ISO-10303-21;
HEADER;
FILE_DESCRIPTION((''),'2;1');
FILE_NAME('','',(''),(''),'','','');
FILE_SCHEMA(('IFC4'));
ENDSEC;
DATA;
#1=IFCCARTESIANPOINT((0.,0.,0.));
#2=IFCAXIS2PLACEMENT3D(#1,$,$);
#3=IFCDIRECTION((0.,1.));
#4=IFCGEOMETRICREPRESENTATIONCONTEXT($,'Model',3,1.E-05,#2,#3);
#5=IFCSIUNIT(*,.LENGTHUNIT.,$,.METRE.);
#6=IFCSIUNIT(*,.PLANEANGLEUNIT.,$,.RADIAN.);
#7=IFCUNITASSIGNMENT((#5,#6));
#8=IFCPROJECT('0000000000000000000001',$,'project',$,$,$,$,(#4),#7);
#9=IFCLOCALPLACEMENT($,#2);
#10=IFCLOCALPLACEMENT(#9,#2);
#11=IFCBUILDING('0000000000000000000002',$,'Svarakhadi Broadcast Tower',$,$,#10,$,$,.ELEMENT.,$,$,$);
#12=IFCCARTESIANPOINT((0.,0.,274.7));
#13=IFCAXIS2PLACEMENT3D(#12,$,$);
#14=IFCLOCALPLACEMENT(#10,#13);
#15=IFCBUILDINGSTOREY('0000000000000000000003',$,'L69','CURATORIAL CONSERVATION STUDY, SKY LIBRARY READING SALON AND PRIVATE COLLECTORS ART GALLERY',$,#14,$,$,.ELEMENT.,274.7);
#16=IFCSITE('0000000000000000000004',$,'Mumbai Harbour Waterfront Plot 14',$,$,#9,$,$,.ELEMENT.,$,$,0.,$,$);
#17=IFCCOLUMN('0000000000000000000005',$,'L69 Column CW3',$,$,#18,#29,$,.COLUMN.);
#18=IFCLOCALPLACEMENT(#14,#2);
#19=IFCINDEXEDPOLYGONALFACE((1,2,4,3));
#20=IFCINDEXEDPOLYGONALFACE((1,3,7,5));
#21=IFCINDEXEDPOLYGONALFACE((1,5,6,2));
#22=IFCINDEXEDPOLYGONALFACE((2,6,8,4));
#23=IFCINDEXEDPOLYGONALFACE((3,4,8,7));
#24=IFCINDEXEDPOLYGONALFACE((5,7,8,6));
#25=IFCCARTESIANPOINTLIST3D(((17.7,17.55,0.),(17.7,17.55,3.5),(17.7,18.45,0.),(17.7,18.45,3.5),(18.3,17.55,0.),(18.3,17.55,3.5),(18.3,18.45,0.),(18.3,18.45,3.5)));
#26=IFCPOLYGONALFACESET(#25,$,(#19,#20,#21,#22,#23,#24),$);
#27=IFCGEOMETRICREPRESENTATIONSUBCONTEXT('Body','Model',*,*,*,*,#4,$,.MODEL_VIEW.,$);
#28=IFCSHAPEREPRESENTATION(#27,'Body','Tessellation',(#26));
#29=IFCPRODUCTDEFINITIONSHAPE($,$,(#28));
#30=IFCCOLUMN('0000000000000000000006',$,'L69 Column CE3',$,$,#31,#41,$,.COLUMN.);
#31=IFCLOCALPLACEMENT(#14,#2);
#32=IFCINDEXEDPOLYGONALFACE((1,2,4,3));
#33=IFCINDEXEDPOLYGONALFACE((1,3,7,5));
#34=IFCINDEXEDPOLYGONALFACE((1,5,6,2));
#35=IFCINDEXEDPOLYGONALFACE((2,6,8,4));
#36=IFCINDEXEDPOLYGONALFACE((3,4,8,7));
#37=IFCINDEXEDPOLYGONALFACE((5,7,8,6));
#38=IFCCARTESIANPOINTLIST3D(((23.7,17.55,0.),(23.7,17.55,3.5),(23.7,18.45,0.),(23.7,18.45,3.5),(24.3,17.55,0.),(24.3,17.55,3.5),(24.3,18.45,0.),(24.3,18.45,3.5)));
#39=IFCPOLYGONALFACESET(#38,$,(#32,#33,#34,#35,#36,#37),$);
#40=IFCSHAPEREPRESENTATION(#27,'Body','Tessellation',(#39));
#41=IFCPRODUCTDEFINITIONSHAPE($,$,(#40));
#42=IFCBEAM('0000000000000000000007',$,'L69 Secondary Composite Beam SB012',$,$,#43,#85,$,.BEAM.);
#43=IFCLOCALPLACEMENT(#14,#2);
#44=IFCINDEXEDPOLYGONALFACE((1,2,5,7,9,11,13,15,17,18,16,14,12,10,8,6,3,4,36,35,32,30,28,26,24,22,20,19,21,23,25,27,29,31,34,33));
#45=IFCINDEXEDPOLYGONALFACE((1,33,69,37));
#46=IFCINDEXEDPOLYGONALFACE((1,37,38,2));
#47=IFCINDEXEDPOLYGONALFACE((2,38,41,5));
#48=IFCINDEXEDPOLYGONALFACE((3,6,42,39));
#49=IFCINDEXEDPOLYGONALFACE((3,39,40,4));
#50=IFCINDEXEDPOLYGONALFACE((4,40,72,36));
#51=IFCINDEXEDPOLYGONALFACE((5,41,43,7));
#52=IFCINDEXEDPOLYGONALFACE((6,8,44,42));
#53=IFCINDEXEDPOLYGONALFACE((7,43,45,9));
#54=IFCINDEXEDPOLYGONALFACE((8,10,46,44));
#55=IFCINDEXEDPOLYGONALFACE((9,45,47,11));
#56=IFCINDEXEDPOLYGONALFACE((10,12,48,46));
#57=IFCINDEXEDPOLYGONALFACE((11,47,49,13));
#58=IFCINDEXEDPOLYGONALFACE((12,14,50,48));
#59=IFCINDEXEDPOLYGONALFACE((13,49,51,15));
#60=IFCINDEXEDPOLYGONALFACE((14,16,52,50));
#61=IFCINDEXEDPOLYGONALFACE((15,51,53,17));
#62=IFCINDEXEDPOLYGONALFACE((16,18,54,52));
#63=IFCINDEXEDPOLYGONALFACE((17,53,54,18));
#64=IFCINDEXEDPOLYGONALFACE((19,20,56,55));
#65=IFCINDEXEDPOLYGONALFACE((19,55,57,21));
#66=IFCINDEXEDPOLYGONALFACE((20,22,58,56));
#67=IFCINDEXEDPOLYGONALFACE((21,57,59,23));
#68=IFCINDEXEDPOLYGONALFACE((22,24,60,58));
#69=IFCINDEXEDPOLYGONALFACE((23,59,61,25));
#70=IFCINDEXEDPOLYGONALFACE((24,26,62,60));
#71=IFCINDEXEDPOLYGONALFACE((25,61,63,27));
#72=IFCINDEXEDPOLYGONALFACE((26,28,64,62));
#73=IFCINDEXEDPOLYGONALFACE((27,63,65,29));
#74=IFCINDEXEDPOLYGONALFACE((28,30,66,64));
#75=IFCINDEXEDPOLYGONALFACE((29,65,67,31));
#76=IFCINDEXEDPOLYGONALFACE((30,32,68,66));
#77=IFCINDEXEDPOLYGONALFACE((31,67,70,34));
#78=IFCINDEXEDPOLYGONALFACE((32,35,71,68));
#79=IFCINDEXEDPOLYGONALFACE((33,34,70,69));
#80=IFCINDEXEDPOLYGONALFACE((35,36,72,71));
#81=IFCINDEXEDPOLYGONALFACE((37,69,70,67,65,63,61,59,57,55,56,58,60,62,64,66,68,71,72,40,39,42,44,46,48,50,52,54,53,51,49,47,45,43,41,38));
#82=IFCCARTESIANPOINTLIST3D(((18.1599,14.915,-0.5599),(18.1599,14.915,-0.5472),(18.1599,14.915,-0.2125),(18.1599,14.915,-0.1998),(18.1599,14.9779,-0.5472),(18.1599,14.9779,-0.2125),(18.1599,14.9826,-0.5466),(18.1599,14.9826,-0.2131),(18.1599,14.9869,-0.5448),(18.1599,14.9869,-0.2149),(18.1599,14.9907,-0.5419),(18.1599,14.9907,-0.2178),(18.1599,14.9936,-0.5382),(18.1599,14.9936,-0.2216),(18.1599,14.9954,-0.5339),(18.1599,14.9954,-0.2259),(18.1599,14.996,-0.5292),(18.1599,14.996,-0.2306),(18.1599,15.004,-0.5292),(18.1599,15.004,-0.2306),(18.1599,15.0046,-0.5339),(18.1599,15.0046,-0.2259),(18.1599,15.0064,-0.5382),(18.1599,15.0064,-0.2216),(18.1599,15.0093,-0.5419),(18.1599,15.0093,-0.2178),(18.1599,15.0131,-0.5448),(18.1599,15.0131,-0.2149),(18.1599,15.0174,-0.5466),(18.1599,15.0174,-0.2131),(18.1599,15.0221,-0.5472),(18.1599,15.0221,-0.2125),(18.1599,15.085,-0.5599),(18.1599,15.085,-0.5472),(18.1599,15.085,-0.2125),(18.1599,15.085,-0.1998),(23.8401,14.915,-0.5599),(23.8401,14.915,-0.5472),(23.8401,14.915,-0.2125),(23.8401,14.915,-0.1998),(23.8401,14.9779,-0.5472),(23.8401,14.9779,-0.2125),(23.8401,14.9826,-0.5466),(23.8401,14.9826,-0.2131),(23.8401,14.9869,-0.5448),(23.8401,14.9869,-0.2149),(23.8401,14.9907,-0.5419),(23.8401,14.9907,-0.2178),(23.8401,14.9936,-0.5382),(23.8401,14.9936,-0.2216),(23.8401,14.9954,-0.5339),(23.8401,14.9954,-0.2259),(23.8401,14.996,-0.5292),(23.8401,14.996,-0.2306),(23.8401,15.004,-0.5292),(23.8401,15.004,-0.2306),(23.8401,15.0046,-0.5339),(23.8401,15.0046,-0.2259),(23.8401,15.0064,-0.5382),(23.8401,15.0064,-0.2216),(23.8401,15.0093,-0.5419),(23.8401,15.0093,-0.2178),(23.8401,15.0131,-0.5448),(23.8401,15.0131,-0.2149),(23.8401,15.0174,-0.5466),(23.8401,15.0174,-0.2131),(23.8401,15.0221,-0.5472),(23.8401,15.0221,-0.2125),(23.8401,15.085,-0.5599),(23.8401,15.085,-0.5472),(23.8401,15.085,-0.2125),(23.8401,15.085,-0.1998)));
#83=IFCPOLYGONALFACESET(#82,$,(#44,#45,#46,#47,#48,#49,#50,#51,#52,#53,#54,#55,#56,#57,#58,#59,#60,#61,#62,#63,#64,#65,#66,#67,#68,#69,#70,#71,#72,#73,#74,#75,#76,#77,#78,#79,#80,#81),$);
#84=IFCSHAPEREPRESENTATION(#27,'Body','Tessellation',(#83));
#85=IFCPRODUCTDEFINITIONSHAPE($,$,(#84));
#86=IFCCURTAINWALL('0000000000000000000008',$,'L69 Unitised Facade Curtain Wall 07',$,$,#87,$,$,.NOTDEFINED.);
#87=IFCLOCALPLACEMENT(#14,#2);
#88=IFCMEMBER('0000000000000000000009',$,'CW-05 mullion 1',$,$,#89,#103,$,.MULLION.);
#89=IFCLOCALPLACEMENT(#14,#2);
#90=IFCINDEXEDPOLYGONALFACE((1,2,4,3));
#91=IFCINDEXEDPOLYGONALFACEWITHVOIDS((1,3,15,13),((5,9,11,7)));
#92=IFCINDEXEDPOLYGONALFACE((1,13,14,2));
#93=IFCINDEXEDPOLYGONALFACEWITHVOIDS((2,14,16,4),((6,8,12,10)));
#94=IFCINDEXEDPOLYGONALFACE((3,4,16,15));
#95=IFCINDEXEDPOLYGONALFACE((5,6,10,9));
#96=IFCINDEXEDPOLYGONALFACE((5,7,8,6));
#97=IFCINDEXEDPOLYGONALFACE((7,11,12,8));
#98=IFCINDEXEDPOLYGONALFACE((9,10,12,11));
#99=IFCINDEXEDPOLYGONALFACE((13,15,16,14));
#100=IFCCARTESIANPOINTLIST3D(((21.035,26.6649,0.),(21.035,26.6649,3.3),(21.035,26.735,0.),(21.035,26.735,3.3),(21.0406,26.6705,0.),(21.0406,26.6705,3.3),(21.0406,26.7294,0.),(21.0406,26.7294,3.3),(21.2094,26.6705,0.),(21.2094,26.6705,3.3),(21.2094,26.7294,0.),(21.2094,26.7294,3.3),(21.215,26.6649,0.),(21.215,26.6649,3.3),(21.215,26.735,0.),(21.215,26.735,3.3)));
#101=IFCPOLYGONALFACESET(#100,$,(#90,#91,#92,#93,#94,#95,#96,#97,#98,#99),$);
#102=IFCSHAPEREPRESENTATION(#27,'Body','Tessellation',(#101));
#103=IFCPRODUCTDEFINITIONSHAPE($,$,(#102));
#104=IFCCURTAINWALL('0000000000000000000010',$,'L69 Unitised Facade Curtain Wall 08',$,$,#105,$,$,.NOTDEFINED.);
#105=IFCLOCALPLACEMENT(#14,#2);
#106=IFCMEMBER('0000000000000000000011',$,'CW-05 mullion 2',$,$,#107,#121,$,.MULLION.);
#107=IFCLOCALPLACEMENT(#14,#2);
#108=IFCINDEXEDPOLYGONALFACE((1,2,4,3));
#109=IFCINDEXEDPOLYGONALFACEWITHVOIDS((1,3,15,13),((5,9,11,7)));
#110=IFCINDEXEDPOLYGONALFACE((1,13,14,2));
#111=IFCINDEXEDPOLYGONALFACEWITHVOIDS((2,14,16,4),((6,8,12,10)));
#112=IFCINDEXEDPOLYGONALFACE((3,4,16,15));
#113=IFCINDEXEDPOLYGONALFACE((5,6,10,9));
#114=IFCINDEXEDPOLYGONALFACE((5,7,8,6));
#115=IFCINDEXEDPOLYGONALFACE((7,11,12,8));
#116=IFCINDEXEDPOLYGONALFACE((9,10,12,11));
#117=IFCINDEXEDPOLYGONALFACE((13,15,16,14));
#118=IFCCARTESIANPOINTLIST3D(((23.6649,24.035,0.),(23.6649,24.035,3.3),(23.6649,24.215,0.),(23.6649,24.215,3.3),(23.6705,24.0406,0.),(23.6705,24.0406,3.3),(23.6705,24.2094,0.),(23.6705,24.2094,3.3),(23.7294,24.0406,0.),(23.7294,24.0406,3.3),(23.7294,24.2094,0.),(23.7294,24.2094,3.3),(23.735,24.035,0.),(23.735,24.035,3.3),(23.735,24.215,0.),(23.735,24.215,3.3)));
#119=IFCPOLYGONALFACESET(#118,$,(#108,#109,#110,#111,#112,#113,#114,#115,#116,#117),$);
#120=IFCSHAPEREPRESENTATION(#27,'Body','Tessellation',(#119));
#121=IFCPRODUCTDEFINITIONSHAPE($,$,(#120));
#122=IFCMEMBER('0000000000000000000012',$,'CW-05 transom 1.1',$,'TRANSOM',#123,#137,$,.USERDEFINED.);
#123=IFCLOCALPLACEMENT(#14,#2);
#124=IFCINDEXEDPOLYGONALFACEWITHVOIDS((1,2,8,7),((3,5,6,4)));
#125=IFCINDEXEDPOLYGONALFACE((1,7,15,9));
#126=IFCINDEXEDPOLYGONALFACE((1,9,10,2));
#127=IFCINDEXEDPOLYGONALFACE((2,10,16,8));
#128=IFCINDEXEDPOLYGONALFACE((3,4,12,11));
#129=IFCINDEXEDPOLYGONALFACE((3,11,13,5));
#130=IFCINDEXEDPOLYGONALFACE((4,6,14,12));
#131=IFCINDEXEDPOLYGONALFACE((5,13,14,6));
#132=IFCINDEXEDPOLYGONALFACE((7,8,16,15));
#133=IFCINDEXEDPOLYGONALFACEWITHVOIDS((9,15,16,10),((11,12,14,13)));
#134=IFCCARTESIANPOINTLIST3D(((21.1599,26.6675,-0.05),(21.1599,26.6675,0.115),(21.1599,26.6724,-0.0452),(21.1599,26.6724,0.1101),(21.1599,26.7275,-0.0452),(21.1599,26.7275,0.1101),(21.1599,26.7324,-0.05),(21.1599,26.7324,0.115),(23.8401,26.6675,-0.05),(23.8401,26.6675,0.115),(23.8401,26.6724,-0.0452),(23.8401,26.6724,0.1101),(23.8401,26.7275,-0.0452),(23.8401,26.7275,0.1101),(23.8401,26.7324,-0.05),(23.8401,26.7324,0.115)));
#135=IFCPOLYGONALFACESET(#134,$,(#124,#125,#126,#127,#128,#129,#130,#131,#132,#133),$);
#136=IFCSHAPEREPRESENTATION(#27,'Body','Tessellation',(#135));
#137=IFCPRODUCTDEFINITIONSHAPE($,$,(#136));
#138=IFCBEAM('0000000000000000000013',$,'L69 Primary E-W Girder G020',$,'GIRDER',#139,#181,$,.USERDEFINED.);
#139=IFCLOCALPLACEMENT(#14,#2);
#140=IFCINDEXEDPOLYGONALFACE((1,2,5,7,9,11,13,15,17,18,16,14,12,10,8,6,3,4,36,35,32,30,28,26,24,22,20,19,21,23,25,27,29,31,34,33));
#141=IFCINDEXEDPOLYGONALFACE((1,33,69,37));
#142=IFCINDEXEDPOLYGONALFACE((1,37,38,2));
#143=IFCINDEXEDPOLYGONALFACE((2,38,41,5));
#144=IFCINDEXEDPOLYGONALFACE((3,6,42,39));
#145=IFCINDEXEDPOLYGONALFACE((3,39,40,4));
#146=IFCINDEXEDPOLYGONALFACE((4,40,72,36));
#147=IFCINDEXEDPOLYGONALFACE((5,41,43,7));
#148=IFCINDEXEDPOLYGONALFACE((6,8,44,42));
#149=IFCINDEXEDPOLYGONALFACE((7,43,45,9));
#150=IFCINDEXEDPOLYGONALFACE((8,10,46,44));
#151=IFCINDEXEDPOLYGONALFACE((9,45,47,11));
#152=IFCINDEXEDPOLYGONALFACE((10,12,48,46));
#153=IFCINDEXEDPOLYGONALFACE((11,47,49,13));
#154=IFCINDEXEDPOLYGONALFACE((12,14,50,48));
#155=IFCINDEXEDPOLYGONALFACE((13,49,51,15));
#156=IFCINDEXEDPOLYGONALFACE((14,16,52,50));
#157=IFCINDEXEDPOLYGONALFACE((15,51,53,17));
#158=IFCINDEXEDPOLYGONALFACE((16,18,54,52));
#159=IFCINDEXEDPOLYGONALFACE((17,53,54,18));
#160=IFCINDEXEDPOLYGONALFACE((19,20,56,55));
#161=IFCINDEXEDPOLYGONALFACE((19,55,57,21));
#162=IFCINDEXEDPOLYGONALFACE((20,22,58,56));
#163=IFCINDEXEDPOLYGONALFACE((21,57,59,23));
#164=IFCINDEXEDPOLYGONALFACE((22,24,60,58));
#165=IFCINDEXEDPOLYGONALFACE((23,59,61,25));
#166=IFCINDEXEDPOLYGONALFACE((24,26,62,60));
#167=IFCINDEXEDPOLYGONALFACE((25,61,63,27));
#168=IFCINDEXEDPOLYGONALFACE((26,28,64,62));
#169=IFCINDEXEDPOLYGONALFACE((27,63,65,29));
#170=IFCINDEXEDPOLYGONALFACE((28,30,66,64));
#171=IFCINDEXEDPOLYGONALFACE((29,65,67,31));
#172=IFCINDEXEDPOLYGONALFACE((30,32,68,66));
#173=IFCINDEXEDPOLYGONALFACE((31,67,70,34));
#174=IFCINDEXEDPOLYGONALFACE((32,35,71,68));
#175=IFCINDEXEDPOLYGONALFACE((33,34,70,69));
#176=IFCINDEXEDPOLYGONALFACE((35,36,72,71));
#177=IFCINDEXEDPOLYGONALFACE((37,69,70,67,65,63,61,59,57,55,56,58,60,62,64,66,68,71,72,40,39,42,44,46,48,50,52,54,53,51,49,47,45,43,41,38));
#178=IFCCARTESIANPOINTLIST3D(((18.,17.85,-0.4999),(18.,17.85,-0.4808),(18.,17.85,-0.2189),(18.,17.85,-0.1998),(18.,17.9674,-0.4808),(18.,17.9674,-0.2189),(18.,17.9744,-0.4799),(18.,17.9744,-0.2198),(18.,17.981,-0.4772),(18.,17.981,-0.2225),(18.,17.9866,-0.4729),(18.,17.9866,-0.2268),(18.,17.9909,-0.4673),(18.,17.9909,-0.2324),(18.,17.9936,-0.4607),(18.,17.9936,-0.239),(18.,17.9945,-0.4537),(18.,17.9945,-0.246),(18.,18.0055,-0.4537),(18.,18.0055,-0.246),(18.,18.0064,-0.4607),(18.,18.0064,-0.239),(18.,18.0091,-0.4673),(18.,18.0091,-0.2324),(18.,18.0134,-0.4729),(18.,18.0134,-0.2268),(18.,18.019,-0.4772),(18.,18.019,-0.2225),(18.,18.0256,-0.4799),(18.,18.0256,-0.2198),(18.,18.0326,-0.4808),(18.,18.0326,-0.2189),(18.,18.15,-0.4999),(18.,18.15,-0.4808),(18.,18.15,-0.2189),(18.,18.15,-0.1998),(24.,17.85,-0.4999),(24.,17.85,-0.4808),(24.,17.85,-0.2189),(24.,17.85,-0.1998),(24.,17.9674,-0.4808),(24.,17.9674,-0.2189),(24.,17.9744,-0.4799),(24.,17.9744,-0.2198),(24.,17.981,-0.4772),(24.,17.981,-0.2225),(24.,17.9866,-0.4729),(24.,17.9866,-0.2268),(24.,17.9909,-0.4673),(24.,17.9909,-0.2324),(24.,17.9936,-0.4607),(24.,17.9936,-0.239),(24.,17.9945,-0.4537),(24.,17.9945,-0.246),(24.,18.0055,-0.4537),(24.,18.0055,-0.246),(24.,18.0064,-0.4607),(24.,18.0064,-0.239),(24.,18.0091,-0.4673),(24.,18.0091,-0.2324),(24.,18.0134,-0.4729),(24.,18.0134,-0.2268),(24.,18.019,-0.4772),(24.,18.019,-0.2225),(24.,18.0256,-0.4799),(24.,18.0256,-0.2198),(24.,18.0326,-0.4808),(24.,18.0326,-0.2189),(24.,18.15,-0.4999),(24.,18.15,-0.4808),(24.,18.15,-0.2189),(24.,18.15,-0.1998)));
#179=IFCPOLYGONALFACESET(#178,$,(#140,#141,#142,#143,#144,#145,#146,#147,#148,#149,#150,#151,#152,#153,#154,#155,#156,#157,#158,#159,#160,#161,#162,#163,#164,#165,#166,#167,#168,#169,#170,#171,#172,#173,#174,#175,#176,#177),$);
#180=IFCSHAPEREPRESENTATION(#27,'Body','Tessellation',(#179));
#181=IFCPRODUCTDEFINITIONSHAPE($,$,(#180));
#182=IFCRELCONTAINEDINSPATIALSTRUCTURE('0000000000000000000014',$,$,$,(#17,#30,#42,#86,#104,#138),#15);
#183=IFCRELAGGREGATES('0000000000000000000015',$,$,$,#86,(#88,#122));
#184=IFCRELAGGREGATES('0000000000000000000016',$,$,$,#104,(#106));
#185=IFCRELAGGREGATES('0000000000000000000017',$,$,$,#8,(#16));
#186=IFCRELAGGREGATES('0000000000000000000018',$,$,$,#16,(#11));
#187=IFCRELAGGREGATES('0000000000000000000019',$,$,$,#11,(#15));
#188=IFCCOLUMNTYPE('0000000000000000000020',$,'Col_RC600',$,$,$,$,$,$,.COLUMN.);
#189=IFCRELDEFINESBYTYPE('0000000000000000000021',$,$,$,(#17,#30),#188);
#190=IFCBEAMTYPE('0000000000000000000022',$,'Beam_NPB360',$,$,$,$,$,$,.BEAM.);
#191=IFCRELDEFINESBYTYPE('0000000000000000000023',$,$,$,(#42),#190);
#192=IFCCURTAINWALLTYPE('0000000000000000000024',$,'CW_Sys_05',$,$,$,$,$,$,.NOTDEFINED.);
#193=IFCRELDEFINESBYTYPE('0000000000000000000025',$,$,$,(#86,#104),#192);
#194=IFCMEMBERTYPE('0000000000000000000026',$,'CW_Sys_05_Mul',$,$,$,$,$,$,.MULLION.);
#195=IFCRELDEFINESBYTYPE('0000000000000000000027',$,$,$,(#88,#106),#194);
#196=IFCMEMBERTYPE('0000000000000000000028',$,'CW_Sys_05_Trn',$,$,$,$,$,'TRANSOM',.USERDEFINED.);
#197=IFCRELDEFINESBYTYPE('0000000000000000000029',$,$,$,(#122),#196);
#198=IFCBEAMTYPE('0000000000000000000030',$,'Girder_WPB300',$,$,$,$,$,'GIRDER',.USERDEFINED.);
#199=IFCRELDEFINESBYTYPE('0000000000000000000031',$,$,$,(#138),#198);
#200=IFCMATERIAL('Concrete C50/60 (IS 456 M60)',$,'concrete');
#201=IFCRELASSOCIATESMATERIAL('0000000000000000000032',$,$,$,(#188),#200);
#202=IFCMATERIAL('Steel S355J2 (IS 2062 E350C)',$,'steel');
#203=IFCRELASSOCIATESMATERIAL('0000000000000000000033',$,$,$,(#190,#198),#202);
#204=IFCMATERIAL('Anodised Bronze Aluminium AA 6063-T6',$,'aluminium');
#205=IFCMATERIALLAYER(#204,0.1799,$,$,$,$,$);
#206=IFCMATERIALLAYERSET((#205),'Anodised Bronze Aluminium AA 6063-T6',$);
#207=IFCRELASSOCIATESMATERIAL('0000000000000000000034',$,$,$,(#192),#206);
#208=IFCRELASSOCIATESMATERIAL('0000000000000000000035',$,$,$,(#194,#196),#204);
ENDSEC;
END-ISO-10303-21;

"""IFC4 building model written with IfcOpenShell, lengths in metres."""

from ifc_helpers import new_model, si_unit, direction, frame, origin, origin_2d, place, context, subcontext, project, spatial, rectangle, hollow_rectangle, i_section, extrude, material, layer, layer_set, material_profile, profile_set, type_object, element, aggregate, save


model = new_model("IFC4")

# Units and contexts
model_context = context("Model", 3, precision=1e-05, world=origin(), true_north=direction((0.0, 1.0)))
body_context = subcontext(model_context, "Body", "Model", "MODEL_VIEW")
ifc_project = project(units=[si_unit("LENGTHUNIT", "METRE"), si_unit("PLANEANGLEUNIT", "RADIAN")], contexts=[model_context])

# Site, building, storey
site_placement = place(None, origin())
site = spatial("IfcSite", under=ifc_project, at=site_placement, Name="Mumbai Harbour Waterfront Plot 14", CompositionType="ELEMENT", RefElevation=0.0)
building_placement = place(site_placement, origin())
building = spatial("IfcBuilding", under=site, at=building_placement, Name="Svarakhadi Broadcast Tower", CompositionType="ELEMENT")
storey_placement = place(building_placement, frame((0.0, 0.0, 274.7)))
storey = spatial("IfcBuildingStorey", under=building, at=storey_placement, Name="L69", Description="CURATORIAL CONSERVATION STUDY, SKY LIBRARY READING SALON AND PRIVATE COLLECTORS ART GALLERY", CompositionType="ELEMENT", Elevation=274.7)

# Columns
ifc_material_1 = material(Name="Concrete C50/60 (IS 456 M60)", Category="concrete")
ifc_material_profile_1 = material_profile(ifc_material_1, rectangle(XDim=0.6001, YDim=0.8999, at=origin_2d()), Name="RC 600x900")
ifc_profile_set_1 = profile_set([ifc_material_profile_1], Name="Concrete C50/60 (IS 456 M60)")
column_type = type_object("IfcColumnType", Name="Col_RC600", PredefinedType="COLUMN", material=ifc_profile_set_1)
for number, where, z_axis, x_axis, name in (
    (1, (18.0, 18.0, 0.0), (0.0, 0.0, 1.0), (1.0, 0.0, 0.0), "L69 Column CW3"),
    (2, (24.0, 18.0, 0.0), (0.0, 0.0, 1.0), (1.0, 0.0, 0.0), "L69 Column CE3"),
):
    element("IfcColumn", number, at=place(storey_placement, frame(where, z_axis=z_axis, x_axis=x_axis)), inside=storey, type_object=column_type, Name=name, PredefinedType="COLUMN", context=body_context, shape_type="SweptSolid", body=[
        extrude(rectangle(XDim=0.6001, YDim=0.8999, at=origin_2d()), origin(), (0.0, 0.0, 1.0), 3.5),
    ])

# Beam
ifc_material_2 = material(Name="Steel S355J2 (IS 2062 E350C)", Category="steel")
ifc_material_profile_2 = material_profile(ifc_material_2, i_section(OverallWidth=0.1699, OverallDepth=0.3601, WebThickness=0.0081, FlangeThickness=0.0127, FilletRadius=0.0181, at=origin_2d()), Name="NPB 360x170x57")
ifc_profile_set_2 = profile_set([ifc_material_profile_2], Name="Steel S355J2 (IS 2062 E350C)")
beam_type_1 = type_object("IfcBeamType", Name="Beam_NPB360", PredefinedType="BEAM", material=ifc_profile_set_2)
beam_1_placement = place(storey_placement, frame((18.1599, 15.0, -0.3799), z_axis=(1.0, 0.0, 0.0), x_axis=(0.0, 1.0, 0.0)))
element("IfcBeam", 3, at=beam_1_placement, inside=storey, type_object=beam_type_1, Name="L69 Secondary Composite Beam SB012", PredefinedType="BEAM", context=body_context, shape_type="SweptSolid", body=[
    extrude(i_section(OverallWidth=0.1699, OverallDepth=0.3601, WebThickness=0.0081, FlangeThickness=0.0127, FilletRadius=0.0181, at=origin_2d()), origin(), (0.0, 0.0, 1.0), 5.6802),
])

# Curtain walls, members
ifc_material_3 = material(Name="Anodised Bronze Aluminium AA 6063-T6", Category="aluminium")
ifc_layer_1 = layer(ifc_material_3, 0.1799)
ifc_layer_set_1 = layer_set([ifc_layer_1], Name="Anodised Bronze Aluminium AA 6063-T6")
curtain_wall_type = type_object("IfcCurtainWallType", Name="CW_Sys_05", PredefinedType="NOTDEFINED", material=ifc_layer_set_1)
curtain_wall_1_placement = place(storey_placement, origin())
curtain_wall_1 = element("IfcCurtainWall", 4, at=curtain_wall_1_placement, inside=storey, type_object=curtain_wall_type, Name="L69 Unitised Facade Curtain Wall 07", PredefinedType="NOTDEFINED")
ifc_material_profile_3 = material_profile(ifc_material_3, hollow_rectangle(XDim=0.0701, YDim=0.1799, WallThickness=0.0056, at=origin_2d()), Name="ALU MULLION 180x70x6")
ifc_profile_set_3 = profile_set([ifc_material_profile_3], Name="Anodised Bronze Aluminium AA 6063-T6")
member_type_1 = type_object("IfcMemberType", Name="CW_Sys_05_Mul", PredefinedType="MULLION", material=ifc_profile_set_3)
member_1_placement = place(storey_placement, frame((21.125, 26.7, 0.0), z_axis=(0.0, 0.0, 1.0), x_axis=(0.0, 1.0, 0.0)))
member_1 = element("IfcMember", 5, at=member_1_placement, type_object=member_type_1, Name="CW-05 mullion 1", PredefinedType="MULLION", context=body_context, shape_type="SweptSolid", body=[
    extrude(hollow_rectangle(XDim=0.0701, YDim=0.1799, WallThickness=0.0056, at=origin_2d()), origin(), (0.0, 0.0, 1.0), 3.3),
])
curtain_wall_2_placement = place(storey_placement, origin())
curtain_wall_2 = element("IfcCurtainWall", 6, at=curtain_wall_2_placement, inside=storey, type_object=curtain_wall_type, Name="L69 Unitised Facade Curtain Wall 08", PredefinedType="NOTDEFINED")
member_2_placement = place(storey_placement, frame((23.7, 24.125, 0.0), z_axis=(0.0, 0.0, 1.0), x_axis=(1.0, 0.0, 0.0)))
member_2 = element("IfcMember", 7, at=member_2_placement, type_object=member_type_1, Name="CW-05 mullion 2", PredefinedType="MULLION", context=body_context, shape_type="SweptSolid", body=[
    extrude(hollow_rectangle(XDim=0.0701, YDim=0.1799, WallThickness=0.0056, at=origin_2d()), origin(), (0.0, 0.0, 1.0), 3.3),
])

# Member
ifc_material_profile_4 = material_profile(ifc_material_3, hollow_rectangle(XDim=0.0649, YDim=0.165, WallThickness=0.0049, at=origin_2d()), Name="ALU TRANSOM 165x65x5")
ifc_profile_set_4 = profile_set([ifc_material_profile_4], Name="Anodised Bronze Aluminium AA 6063-T6")
member_type_2 = type_object("IfcMemberType", Name="CW_Sys_05_Trn", ElementType="TRANSOM", PredefinedType="USERDEFINED", material=ifc_profile_set_4)
member_3_placement = place(storey_placement, frame((21.1599, 26.7, 0.0325), z_axis=(1.0, 0.0, 0.0), x_axis=(0.0, 1.0, 0.0)))
member_3 = element("IfcMember", 8, at=member_3_placement, type_object=member_type_2, Name="CW-05 transom 1.1", ObjectType="TRANSOM", PredefinedType="USERDEFINED", context=body_context, shape_type="SweptSolid", body=[
    extrude(hollow_rectangle(XDim=0.0649, YDim=0.165, WallThickness=0.0049, at=origin_2d()), origin(), (0.0, 0.0, 1.0), 2.6802),
])
aggregate(curtain_wall_1, [member_1, member_3])

# Beam
ifc_material_profile_5 = material_profile(ifc_material_2, i_section(OverallWidth=0.3, OverallDepth=0.3, WebThickness=0.011, FlangeThickness=0.019, FilletRadius=0.0271, at=origin_2d()), Name="WPB 300x300x117")
ifc_profile_set_5 = profile_set([ifc_material_profile_5], Name="Steel S355J2 (IS 2062 E350C)")
beam_type_2 = type_object("IfcBeamType", Name="Girder_WPB300", ElementType="GIRDER", PredefinedType="USERDEFINED", material=ifc_profile_set_5)
beam_2_placement = place(storey_placement, frame((18.0, 18.0, -0.3499), z_axis=(1.0, 0.0, 0.0), x_axis=(0.0, 1.0, 0.0)))
element("IfcBeam", 9, at=beam_2_placement, inside=storey, type_object=beam_type_2, Name="L69 Primary E-W Girder G020", ObjectType="GIRDER", PredefinedType="USERDEFINED", context=body_context, shape_type="SweptSolid", body=[
    extrude(i_section(OverallWidth=0.3, OverallDepth=0.3, WebThickness=0.011, FlangeThickness=0.019, FilletRadius=0.0271, at=origin_2d()), origin(), (0.0, 0.0, 1.0), 6.0),
])

aggregate(curtain_wall_2, [member_2])

save(model, "model.ifc")
